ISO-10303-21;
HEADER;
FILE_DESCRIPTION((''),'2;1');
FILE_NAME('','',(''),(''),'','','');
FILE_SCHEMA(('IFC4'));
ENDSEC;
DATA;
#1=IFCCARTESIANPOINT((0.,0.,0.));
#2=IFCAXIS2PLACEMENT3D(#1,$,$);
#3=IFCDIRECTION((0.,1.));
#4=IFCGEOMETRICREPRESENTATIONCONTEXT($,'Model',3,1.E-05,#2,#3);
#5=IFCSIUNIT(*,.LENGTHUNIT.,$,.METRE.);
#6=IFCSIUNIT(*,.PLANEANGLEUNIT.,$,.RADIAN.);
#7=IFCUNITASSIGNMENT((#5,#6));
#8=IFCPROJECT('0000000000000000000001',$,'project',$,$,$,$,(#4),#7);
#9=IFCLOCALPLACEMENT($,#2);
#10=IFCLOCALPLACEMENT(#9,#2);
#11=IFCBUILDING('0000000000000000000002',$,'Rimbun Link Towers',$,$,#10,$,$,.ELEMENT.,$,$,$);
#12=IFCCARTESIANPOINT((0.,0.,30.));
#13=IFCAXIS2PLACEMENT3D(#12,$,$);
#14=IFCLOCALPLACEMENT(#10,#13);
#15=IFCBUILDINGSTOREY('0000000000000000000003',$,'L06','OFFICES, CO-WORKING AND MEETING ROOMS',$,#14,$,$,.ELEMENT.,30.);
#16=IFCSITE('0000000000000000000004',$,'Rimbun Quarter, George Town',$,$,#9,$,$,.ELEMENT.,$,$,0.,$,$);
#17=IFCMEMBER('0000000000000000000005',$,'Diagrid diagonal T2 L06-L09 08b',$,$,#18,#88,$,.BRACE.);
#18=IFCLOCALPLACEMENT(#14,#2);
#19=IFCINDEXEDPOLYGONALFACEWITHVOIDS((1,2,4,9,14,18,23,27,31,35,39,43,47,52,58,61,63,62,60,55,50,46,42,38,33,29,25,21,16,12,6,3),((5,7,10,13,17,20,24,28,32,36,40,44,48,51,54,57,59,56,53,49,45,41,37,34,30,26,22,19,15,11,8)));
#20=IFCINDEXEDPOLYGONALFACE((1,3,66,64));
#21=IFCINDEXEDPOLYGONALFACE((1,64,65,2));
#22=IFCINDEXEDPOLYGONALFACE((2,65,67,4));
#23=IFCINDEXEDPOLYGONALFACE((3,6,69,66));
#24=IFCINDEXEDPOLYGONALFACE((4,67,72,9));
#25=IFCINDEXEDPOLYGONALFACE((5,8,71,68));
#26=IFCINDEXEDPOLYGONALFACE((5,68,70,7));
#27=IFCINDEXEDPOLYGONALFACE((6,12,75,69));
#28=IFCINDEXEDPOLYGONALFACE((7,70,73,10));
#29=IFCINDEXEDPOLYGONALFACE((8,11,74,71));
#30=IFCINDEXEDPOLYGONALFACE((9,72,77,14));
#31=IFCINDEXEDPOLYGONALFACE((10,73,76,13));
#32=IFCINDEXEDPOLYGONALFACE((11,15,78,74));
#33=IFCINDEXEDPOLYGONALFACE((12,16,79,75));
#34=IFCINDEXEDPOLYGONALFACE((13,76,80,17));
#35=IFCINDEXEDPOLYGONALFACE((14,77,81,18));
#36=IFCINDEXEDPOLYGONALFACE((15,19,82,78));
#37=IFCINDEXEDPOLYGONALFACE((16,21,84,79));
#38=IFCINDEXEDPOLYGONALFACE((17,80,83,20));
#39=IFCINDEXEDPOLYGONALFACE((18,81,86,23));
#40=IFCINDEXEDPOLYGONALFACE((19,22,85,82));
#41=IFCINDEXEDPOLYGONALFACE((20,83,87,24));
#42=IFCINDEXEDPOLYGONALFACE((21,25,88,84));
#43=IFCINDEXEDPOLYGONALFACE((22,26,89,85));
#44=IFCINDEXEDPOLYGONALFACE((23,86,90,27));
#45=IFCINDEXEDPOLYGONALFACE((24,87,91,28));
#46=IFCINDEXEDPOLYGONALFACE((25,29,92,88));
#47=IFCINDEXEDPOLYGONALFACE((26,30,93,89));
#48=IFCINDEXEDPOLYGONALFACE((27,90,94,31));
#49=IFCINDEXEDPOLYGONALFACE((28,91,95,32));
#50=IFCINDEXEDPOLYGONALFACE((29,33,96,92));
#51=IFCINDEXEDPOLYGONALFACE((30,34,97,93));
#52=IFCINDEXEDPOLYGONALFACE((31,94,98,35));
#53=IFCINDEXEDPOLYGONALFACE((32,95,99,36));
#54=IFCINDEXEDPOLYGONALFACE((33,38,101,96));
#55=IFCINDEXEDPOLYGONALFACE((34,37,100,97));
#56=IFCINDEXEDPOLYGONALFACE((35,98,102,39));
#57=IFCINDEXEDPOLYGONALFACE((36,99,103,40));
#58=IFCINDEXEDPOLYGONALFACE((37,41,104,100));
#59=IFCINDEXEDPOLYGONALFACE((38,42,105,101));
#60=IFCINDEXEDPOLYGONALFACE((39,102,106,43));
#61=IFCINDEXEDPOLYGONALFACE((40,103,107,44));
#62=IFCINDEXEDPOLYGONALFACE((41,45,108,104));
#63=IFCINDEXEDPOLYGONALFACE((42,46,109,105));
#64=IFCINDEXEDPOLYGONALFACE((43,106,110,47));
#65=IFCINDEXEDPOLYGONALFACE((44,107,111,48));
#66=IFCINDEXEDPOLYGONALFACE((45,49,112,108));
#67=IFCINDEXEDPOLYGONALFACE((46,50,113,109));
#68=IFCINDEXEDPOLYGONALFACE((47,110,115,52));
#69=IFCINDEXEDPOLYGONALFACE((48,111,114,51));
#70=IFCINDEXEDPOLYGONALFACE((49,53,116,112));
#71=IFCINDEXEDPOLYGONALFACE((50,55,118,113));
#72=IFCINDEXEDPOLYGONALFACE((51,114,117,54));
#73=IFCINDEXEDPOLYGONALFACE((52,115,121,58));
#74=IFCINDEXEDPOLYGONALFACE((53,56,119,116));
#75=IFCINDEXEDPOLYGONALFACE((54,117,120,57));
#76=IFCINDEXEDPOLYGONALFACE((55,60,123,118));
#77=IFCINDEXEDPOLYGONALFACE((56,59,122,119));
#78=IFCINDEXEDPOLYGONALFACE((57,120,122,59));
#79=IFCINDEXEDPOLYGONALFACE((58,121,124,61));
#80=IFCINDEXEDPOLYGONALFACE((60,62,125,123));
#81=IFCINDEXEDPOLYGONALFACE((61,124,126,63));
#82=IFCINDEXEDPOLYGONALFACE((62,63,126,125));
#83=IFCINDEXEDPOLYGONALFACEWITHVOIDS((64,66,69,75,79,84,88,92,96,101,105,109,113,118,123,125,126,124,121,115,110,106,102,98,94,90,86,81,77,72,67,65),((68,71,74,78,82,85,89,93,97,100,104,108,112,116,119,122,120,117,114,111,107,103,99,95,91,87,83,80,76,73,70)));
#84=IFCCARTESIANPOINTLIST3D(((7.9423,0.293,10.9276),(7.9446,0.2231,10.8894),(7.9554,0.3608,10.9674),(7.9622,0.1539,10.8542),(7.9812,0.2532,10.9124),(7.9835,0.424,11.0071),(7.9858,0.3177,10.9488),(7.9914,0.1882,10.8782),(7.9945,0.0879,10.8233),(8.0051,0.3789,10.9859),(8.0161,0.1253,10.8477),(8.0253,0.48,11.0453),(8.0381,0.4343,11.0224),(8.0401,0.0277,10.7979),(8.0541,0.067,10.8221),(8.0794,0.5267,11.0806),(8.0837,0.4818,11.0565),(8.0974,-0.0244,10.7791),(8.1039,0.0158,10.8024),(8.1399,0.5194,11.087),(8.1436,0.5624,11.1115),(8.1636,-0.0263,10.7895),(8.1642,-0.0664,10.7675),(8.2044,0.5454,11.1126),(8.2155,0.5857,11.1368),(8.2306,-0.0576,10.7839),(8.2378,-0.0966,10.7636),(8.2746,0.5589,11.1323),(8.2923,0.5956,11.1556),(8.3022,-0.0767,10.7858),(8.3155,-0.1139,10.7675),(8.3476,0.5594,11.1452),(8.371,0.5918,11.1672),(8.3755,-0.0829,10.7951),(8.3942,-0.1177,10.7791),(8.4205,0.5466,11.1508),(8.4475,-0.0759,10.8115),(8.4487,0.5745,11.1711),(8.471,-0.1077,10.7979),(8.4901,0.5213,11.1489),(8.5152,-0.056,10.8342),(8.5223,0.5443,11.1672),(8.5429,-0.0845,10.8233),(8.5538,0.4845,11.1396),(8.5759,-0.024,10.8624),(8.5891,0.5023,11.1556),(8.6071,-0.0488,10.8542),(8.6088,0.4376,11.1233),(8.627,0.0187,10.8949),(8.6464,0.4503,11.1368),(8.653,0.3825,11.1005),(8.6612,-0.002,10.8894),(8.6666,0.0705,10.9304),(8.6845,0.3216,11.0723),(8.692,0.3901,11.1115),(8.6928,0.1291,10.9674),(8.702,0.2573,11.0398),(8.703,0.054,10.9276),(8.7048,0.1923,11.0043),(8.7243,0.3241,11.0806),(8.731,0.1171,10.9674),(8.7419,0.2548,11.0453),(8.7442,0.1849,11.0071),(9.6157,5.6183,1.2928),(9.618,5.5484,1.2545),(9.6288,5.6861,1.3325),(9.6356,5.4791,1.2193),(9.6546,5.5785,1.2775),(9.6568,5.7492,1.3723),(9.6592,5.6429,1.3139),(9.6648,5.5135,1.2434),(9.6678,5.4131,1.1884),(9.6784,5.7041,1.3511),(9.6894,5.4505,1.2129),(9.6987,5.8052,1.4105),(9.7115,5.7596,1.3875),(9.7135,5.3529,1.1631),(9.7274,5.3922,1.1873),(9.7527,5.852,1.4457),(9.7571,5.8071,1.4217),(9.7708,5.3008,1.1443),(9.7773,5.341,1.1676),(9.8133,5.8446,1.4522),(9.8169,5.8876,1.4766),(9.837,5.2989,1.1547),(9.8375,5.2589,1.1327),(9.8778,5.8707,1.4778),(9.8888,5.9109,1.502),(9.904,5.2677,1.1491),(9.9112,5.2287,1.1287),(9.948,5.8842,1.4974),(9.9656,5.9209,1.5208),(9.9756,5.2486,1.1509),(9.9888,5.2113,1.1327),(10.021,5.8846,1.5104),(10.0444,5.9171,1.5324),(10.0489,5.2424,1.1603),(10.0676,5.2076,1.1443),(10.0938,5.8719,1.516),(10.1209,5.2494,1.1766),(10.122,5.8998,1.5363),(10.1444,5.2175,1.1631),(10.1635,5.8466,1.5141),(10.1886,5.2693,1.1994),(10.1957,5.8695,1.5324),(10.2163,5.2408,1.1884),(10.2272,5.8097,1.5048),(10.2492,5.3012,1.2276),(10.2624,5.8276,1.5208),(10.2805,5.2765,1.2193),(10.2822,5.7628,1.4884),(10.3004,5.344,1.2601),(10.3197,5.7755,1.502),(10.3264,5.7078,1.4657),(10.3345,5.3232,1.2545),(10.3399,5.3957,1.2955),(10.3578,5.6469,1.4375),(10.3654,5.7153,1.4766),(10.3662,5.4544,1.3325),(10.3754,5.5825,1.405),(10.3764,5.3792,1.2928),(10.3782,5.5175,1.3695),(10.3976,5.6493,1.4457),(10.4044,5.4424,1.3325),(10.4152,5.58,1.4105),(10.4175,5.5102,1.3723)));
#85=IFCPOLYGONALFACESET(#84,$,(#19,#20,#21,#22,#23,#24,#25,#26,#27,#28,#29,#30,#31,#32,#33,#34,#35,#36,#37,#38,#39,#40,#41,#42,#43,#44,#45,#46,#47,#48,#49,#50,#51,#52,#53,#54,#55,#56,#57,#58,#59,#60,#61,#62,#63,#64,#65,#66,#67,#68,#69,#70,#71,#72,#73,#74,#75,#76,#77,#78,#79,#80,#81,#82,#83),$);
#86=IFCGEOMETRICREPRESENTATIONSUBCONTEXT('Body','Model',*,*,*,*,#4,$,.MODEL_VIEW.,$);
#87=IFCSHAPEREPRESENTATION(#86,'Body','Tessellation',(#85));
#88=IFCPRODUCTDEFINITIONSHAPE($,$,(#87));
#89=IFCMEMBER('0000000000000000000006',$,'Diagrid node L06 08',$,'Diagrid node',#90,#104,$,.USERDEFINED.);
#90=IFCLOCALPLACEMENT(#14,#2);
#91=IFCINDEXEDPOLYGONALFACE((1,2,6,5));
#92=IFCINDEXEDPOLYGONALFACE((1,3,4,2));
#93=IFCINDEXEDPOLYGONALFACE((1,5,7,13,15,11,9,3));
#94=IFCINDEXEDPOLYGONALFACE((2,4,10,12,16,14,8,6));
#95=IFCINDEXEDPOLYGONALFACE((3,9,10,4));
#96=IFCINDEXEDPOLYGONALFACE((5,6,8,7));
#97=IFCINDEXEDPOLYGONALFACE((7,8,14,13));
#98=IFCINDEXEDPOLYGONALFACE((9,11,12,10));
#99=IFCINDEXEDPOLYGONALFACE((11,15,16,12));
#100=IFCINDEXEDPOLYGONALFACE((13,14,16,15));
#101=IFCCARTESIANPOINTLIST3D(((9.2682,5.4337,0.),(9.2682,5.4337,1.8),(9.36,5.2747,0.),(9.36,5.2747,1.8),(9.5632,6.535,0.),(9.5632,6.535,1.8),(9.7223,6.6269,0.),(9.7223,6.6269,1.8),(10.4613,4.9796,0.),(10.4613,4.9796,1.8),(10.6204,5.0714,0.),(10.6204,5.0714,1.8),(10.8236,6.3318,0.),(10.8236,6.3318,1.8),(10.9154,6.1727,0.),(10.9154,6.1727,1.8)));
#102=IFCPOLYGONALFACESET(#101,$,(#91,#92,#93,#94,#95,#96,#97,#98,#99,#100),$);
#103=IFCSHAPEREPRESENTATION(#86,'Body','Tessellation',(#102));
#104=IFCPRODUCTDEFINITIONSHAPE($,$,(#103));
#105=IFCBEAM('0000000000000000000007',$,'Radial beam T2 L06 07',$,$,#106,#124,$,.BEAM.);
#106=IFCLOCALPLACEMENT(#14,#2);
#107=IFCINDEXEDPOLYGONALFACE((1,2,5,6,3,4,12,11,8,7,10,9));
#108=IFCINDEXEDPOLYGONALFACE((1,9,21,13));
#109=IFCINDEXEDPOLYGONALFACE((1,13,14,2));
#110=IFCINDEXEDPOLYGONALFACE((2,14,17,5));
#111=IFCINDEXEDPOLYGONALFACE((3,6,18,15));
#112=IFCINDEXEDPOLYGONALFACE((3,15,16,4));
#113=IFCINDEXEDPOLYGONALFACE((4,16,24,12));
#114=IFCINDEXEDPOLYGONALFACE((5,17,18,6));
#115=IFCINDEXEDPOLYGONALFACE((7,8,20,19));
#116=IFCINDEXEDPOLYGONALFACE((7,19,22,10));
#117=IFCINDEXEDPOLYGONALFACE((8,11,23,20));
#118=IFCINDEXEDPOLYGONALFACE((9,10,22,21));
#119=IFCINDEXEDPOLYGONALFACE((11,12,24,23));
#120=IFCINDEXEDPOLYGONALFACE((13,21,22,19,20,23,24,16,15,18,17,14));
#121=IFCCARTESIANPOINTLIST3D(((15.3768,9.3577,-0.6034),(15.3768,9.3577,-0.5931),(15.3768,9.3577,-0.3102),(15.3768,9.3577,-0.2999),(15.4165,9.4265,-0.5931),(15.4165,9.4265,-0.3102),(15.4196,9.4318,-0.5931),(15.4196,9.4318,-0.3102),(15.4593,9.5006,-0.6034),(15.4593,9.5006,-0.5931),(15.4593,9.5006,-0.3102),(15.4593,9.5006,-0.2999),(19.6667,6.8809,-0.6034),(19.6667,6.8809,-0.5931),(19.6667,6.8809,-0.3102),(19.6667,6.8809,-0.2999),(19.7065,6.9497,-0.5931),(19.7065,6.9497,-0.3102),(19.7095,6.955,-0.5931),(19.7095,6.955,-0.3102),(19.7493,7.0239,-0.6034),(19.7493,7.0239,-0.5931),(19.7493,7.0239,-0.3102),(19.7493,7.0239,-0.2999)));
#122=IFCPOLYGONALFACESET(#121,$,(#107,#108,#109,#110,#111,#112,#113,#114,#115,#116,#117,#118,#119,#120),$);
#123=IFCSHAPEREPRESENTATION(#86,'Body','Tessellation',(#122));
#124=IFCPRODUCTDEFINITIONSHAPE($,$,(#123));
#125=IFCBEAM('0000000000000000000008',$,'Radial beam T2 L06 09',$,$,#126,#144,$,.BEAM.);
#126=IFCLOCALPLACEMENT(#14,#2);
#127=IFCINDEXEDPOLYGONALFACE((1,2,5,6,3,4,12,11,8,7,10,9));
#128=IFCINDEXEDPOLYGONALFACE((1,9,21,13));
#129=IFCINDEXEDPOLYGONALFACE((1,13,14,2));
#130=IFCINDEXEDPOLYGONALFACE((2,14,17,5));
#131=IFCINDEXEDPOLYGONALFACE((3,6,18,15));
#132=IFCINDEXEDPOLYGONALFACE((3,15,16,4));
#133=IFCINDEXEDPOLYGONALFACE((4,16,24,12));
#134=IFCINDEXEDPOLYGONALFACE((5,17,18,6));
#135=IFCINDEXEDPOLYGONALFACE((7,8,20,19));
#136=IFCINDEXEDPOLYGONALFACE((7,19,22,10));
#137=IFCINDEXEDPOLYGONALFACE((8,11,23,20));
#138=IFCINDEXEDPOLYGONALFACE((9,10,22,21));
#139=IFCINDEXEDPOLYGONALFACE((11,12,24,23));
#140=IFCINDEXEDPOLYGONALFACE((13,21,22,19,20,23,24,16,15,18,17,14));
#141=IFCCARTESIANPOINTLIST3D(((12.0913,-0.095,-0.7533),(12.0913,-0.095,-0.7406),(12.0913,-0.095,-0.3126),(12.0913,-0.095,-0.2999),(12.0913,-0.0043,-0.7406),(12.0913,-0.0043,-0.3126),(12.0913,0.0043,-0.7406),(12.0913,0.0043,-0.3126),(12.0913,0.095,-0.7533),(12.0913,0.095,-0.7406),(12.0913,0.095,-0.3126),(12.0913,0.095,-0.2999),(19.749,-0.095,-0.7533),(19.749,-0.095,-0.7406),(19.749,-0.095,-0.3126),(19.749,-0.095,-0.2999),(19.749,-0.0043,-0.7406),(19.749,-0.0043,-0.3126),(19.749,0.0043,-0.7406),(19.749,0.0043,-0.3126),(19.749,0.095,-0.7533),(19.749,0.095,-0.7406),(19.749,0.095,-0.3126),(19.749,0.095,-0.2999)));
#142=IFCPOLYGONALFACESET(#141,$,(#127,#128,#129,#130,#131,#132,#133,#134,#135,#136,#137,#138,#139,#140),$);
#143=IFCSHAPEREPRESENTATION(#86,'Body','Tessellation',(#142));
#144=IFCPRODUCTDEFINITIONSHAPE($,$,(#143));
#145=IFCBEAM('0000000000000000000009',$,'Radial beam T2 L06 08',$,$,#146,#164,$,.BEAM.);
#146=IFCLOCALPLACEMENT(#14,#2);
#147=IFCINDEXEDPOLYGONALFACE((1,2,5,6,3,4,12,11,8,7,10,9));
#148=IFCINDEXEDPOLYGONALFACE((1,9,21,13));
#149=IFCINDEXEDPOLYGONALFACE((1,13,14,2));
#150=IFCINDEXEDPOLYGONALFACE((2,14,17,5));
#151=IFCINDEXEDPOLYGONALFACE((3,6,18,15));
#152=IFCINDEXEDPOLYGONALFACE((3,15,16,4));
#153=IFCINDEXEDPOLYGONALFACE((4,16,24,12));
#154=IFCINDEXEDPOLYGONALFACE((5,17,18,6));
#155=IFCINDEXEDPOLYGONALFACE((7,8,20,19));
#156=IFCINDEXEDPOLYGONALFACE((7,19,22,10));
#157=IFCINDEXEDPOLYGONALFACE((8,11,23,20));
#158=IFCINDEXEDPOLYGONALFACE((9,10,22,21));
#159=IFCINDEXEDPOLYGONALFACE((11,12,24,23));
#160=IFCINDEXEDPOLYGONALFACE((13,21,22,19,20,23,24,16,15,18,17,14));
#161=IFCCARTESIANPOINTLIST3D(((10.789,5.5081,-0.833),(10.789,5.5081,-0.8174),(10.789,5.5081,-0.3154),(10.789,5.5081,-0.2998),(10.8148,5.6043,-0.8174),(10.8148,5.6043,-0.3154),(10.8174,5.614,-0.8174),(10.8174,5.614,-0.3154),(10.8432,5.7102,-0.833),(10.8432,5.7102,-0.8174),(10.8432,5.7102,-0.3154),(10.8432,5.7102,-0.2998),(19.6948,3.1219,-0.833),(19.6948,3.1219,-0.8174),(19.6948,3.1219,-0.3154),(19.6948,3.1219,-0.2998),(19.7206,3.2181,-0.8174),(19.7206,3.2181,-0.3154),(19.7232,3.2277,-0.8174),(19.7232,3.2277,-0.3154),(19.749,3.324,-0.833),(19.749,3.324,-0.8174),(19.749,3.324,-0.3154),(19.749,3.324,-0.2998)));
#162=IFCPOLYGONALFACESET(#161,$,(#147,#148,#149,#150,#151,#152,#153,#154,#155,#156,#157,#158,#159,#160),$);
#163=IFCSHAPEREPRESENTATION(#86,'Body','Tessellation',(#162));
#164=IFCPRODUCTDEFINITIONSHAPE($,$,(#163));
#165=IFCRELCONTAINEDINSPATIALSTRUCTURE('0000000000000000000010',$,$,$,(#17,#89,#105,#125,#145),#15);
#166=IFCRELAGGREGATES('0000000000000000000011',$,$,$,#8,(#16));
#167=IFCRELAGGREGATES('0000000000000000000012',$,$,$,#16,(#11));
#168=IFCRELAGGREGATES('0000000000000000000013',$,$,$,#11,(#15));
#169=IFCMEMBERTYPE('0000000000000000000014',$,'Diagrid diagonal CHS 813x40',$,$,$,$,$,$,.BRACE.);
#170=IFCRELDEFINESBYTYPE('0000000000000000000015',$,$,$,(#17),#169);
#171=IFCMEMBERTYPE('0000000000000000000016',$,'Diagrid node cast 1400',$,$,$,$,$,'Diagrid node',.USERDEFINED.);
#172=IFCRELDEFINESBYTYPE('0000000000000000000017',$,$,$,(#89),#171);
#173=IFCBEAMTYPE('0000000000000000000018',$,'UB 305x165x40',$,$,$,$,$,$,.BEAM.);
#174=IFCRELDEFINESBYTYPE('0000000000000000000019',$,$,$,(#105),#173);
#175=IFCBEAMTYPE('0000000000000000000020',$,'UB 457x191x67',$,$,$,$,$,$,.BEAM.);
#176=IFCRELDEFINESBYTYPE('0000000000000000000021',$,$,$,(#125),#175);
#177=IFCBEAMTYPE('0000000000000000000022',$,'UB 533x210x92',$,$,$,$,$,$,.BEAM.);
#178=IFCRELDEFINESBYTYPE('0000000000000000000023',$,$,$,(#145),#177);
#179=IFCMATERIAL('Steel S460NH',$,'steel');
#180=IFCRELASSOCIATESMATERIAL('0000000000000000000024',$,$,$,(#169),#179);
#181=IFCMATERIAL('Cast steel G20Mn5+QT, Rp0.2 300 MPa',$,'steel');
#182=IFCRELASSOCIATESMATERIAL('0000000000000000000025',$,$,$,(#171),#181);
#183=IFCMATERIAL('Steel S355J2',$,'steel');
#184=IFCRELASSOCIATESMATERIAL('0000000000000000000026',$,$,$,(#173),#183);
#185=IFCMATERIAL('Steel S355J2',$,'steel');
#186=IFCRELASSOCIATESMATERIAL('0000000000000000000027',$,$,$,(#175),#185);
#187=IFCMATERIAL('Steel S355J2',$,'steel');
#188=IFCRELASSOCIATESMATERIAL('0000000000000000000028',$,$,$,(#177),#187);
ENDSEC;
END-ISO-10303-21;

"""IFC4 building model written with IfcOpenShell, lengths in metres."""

from ifc_helpers import new_model, si_unit, direction, frame, origin, origin_2d, place, context, subcontext, project, spatial, polyline, hollow_circle, i_section, outline, extrude, material, material_profile, profile_set, type_object, element, save


model = new_model("IFC4")

# Units and contexts
model_context = context("Model", 3, precision=1e-05, world=origin(), true_north=direction((0.0, 1.0)))
body_context = subcontext(model_context, "Body", "Model", "MODEL_VIEW")
ifc_project = project(units=[si_unit("LENGTHUNIT", "METRE"), si_unit("PLANEANGLEUNIT", "RADIAN")], contexts=[model_context])

# Site, building, storey
site_placement = place(None, origin())
site = spatial("IfcSite", under=ifc_project, at=site_placement, Name="Rimbun Quarter, George Town", CompositionType="ELEMENT", RefElevation=0.0)
building_placement = place(site_placement, origin())
building = spatial("IfcBuilding", under=site, at=building_placement, Name="Rimbun Link Towers", CompositionType="ELEMENT")
storey_placement = place(building_placement, frame((0.0, 0.0, 30.0)))
storey = spatial("IfcBuildingStorey", under=building, at=storey_placement, Name="L06", Description="OFFICES, CO-WORKING AND MEETING ROOMS", CompositionType="ELEMENT", Elevation=30.0)

# Members
ifc_material_1 = material(Name="Steel S460NH", Category="steel")
ifc_material_profile_1 = material_profile(ifc_material_1, hollow_circle(Radius=0.4065, WallThickness=0.04, at=origin_2d()), Name="Diagrid diagonal CHS 813x40")
ifc_profile_set_1 = profile_set([ifc_material_profile_1], Name="Steel S460NH")
member_type_1 = type_object("IfcMemberType", Name="Diagrid diagonal CHS 813x40", PredefinedType="BRACE", material=ifc_profile_set_1)
member_1_placement = place(storey_placement, frame((10.0166, 5.5642, 1.3325), z_axis=(-0.150279, -0.478243, 0.865275), x_axis=(0.954009, -0.299779, 0.0)))
element("IfcMember", 1, at=member_1_placement, inside=storey, type_object=member_type_1, Name="Diagrid diagonal T2 L06-L09 08b", PredefinedType="BRACE", context=body_context, shape_type="SweptSolid", body=[
    extrude(hollow_circle(Radius=0.4065, WallThickness=0.04, at=origin_2d()), origin(), (0.0, 0.0, 1.0), 11.135),
])
ifc_material_2 = material(Name="Cast steel G20Mn5+QT, Rp0.2 300 MPa", Category="steel")
ifc_material_profile_2 = material_profile(ifc_material_2, outline(polyline([(0.7, -0.5701), (0.7, 0.5701), (0.5701, 0.7), (-0.5701, 0.7), (-0.7, 0.5701), (-0.7, -0.5701), (-0.5701, -0.7), (0.5701, -0.7), (0.7, -0.5701)])), Name="NODE 1400x1400")
ifc_profile_set_2 = profile_set([ifc_material_profile_2], Name="Cast steel G20Mn5+QT, Rp0.2 300 MPa")
member_type_2 = type_object("IfcMemberType", Name="Diagrid node cast 1400", ElementType="Diagrid node", PredefinedType="USERDEFINED", material=ifc_profile_set_2)
member_2_placement = place(storey_placement, frame((10.0918, 5.8032, 0.0), z_axis=(0.0, 0.0, 1.0), x_axis=(-0.965926, 0.258819, 0.0)))
element("IfcMember", 2, at=member_2_placement, inside=storey, type_object=member_type_2, Name="Diagrid node L06 08", ObjectType="Diagrid node", PredefinedType="USERDEFINED", context=body_context, shape_type="SweptSolid", body=[
    extrude(outline(polyline([(0.7, -0.5701), (0.7, 0.5701), (0.5701, 0.7), (-0.5701, 0.7), (-0.7, 0.5701), (-0.7, -0.5701), (-0.5701, -0.7), (0.5701, -0.7), (0.7, -0.5701)])), origin(), (0.0, 0.0, 1.0), 1.8),
])

# Beams
ifc_material_3 = material(Name="Steel S355J2", Category="steel")
ifc_material_profile_3 = material_profile(ifc_material_3, i_section(OverallWidth=0.165, OverallDepth=0.3035, WebThickness=0.0061, FlangeThickness=0.0103, at=origin_2d()), Name="UB 305x165x40")
ifc_profile_set_3 = profile_set([ifc_material_profile_3], Name="Steel S355J2")
beam_type_1 = type_object("IfcBeamType", Name="UB 305x165x40", PredefinedType="BEAM", material=ifc_profile_set_3)
beam_1_placement = place(storey_placement, frame((19.708, 6.9524, -0.4517), z_axis=(-0.86603, 0.499993, 0.0), x_axis=(-0.499993, -0.86603, 0.0)))
element("IfcBeam", 3, at=beam_1_placement, inside=storey, type_object=beam_type_1, Name="Radial beam T2 L06 07", PredefinedType="BEAM", context=body_context, shape_type="SweptSolid", body=[
    extrude(i_section(OverallWidth=0.165, OverallDepth=0.3035, WebThickness=0.0061, FlangeThickness=0.0103, at=origin_2d()), origin(), (0.0, 0.0, 1.0), 4.9536),
])
ifc_material_4 = material(Name="Steel S355J2", Category="steel")
ifc_material_profile_4 = material_profile(ifc_material_4, i_section(OverallWidth=0.1899, OverallDepth=0.4534, WebThickness=0.0085, FlangeThickness=0.0127, at=origin_2d()), Name="UB 457x191x67")
ifc_profile_set_4 = profile_set([ifc_material_profile_4], Name="Steel S355J2")
beam_type_2 = type_object("IfcBeamType", Name="UB 457x191x67", PredefinedType="BEAM", material=ifc_profile_set_4)
beam_2_placement = place(storey_placement, frame((19.749, 0.0, -0.5266), z_axis=(-1.0, 0.0, 0.0), x_axis=(0.0, -1.0, 0.0)))
element("IfcBeam", 4, at=beam_2_placement, inside=storey, type_object=beam_type_2, Name="Radial beam T2 L06 09", PredefinedType="BEAM", context=body_context, shape_type="SweptSolid", body=[
    extrude(i_section(OverallWidth=0.1899, OverallDepth=0.4534, WebThickness=0.0085, FlangeThickness=0.0127, at=origin_2d()), origin(), (0.0, 0.0, 1.0), 7.6577),
])
ifc_material_5 = material(Name="Steel S355J2", Category="steel")
ifc_material_profile_5 = material_profile(ifc_material_5, i_section(OverallWidth=0.2092, OverallDepth=0.5332, WebThickness=0.01, FlangeThickness=0.0156, at=origin_2d()), Name="UB 533x210x92")
ifc_profile_set_5 = profile_set([ifc_material_profile_5], Name="Steel S355J2")
beam_type_3 = type_object("IfcBeamType", Name="UB 533x210x92", PredefinedType="BEAM", material=ifc_profile_set_5)
beam_3_placement = place(storey_placement, frame((19.7219, 3.2229, -0.5664), z_axis=(-0.965927, 0.258813, 0.0), x_axis=(-0.258813, -0.965927, 0.0)))
element("IfcBeam", 5, at=beam_3_placement, inside=storey, type_object=beam_type_3, Name="Radial beam T2 L06 08", PredefinedType="BEAM", context=body_context, shape_type="SweptSolid", body=[
    extrude(i_section(OverallWidth=0.2092, OverallDepth=0.5332, WebThickness=0.01, FlangeThickness=0.0156, at=origin_2d()), origin(), (0.0, 0.0, 1.0), 9.22),
])

save(model, "model.ifc")
